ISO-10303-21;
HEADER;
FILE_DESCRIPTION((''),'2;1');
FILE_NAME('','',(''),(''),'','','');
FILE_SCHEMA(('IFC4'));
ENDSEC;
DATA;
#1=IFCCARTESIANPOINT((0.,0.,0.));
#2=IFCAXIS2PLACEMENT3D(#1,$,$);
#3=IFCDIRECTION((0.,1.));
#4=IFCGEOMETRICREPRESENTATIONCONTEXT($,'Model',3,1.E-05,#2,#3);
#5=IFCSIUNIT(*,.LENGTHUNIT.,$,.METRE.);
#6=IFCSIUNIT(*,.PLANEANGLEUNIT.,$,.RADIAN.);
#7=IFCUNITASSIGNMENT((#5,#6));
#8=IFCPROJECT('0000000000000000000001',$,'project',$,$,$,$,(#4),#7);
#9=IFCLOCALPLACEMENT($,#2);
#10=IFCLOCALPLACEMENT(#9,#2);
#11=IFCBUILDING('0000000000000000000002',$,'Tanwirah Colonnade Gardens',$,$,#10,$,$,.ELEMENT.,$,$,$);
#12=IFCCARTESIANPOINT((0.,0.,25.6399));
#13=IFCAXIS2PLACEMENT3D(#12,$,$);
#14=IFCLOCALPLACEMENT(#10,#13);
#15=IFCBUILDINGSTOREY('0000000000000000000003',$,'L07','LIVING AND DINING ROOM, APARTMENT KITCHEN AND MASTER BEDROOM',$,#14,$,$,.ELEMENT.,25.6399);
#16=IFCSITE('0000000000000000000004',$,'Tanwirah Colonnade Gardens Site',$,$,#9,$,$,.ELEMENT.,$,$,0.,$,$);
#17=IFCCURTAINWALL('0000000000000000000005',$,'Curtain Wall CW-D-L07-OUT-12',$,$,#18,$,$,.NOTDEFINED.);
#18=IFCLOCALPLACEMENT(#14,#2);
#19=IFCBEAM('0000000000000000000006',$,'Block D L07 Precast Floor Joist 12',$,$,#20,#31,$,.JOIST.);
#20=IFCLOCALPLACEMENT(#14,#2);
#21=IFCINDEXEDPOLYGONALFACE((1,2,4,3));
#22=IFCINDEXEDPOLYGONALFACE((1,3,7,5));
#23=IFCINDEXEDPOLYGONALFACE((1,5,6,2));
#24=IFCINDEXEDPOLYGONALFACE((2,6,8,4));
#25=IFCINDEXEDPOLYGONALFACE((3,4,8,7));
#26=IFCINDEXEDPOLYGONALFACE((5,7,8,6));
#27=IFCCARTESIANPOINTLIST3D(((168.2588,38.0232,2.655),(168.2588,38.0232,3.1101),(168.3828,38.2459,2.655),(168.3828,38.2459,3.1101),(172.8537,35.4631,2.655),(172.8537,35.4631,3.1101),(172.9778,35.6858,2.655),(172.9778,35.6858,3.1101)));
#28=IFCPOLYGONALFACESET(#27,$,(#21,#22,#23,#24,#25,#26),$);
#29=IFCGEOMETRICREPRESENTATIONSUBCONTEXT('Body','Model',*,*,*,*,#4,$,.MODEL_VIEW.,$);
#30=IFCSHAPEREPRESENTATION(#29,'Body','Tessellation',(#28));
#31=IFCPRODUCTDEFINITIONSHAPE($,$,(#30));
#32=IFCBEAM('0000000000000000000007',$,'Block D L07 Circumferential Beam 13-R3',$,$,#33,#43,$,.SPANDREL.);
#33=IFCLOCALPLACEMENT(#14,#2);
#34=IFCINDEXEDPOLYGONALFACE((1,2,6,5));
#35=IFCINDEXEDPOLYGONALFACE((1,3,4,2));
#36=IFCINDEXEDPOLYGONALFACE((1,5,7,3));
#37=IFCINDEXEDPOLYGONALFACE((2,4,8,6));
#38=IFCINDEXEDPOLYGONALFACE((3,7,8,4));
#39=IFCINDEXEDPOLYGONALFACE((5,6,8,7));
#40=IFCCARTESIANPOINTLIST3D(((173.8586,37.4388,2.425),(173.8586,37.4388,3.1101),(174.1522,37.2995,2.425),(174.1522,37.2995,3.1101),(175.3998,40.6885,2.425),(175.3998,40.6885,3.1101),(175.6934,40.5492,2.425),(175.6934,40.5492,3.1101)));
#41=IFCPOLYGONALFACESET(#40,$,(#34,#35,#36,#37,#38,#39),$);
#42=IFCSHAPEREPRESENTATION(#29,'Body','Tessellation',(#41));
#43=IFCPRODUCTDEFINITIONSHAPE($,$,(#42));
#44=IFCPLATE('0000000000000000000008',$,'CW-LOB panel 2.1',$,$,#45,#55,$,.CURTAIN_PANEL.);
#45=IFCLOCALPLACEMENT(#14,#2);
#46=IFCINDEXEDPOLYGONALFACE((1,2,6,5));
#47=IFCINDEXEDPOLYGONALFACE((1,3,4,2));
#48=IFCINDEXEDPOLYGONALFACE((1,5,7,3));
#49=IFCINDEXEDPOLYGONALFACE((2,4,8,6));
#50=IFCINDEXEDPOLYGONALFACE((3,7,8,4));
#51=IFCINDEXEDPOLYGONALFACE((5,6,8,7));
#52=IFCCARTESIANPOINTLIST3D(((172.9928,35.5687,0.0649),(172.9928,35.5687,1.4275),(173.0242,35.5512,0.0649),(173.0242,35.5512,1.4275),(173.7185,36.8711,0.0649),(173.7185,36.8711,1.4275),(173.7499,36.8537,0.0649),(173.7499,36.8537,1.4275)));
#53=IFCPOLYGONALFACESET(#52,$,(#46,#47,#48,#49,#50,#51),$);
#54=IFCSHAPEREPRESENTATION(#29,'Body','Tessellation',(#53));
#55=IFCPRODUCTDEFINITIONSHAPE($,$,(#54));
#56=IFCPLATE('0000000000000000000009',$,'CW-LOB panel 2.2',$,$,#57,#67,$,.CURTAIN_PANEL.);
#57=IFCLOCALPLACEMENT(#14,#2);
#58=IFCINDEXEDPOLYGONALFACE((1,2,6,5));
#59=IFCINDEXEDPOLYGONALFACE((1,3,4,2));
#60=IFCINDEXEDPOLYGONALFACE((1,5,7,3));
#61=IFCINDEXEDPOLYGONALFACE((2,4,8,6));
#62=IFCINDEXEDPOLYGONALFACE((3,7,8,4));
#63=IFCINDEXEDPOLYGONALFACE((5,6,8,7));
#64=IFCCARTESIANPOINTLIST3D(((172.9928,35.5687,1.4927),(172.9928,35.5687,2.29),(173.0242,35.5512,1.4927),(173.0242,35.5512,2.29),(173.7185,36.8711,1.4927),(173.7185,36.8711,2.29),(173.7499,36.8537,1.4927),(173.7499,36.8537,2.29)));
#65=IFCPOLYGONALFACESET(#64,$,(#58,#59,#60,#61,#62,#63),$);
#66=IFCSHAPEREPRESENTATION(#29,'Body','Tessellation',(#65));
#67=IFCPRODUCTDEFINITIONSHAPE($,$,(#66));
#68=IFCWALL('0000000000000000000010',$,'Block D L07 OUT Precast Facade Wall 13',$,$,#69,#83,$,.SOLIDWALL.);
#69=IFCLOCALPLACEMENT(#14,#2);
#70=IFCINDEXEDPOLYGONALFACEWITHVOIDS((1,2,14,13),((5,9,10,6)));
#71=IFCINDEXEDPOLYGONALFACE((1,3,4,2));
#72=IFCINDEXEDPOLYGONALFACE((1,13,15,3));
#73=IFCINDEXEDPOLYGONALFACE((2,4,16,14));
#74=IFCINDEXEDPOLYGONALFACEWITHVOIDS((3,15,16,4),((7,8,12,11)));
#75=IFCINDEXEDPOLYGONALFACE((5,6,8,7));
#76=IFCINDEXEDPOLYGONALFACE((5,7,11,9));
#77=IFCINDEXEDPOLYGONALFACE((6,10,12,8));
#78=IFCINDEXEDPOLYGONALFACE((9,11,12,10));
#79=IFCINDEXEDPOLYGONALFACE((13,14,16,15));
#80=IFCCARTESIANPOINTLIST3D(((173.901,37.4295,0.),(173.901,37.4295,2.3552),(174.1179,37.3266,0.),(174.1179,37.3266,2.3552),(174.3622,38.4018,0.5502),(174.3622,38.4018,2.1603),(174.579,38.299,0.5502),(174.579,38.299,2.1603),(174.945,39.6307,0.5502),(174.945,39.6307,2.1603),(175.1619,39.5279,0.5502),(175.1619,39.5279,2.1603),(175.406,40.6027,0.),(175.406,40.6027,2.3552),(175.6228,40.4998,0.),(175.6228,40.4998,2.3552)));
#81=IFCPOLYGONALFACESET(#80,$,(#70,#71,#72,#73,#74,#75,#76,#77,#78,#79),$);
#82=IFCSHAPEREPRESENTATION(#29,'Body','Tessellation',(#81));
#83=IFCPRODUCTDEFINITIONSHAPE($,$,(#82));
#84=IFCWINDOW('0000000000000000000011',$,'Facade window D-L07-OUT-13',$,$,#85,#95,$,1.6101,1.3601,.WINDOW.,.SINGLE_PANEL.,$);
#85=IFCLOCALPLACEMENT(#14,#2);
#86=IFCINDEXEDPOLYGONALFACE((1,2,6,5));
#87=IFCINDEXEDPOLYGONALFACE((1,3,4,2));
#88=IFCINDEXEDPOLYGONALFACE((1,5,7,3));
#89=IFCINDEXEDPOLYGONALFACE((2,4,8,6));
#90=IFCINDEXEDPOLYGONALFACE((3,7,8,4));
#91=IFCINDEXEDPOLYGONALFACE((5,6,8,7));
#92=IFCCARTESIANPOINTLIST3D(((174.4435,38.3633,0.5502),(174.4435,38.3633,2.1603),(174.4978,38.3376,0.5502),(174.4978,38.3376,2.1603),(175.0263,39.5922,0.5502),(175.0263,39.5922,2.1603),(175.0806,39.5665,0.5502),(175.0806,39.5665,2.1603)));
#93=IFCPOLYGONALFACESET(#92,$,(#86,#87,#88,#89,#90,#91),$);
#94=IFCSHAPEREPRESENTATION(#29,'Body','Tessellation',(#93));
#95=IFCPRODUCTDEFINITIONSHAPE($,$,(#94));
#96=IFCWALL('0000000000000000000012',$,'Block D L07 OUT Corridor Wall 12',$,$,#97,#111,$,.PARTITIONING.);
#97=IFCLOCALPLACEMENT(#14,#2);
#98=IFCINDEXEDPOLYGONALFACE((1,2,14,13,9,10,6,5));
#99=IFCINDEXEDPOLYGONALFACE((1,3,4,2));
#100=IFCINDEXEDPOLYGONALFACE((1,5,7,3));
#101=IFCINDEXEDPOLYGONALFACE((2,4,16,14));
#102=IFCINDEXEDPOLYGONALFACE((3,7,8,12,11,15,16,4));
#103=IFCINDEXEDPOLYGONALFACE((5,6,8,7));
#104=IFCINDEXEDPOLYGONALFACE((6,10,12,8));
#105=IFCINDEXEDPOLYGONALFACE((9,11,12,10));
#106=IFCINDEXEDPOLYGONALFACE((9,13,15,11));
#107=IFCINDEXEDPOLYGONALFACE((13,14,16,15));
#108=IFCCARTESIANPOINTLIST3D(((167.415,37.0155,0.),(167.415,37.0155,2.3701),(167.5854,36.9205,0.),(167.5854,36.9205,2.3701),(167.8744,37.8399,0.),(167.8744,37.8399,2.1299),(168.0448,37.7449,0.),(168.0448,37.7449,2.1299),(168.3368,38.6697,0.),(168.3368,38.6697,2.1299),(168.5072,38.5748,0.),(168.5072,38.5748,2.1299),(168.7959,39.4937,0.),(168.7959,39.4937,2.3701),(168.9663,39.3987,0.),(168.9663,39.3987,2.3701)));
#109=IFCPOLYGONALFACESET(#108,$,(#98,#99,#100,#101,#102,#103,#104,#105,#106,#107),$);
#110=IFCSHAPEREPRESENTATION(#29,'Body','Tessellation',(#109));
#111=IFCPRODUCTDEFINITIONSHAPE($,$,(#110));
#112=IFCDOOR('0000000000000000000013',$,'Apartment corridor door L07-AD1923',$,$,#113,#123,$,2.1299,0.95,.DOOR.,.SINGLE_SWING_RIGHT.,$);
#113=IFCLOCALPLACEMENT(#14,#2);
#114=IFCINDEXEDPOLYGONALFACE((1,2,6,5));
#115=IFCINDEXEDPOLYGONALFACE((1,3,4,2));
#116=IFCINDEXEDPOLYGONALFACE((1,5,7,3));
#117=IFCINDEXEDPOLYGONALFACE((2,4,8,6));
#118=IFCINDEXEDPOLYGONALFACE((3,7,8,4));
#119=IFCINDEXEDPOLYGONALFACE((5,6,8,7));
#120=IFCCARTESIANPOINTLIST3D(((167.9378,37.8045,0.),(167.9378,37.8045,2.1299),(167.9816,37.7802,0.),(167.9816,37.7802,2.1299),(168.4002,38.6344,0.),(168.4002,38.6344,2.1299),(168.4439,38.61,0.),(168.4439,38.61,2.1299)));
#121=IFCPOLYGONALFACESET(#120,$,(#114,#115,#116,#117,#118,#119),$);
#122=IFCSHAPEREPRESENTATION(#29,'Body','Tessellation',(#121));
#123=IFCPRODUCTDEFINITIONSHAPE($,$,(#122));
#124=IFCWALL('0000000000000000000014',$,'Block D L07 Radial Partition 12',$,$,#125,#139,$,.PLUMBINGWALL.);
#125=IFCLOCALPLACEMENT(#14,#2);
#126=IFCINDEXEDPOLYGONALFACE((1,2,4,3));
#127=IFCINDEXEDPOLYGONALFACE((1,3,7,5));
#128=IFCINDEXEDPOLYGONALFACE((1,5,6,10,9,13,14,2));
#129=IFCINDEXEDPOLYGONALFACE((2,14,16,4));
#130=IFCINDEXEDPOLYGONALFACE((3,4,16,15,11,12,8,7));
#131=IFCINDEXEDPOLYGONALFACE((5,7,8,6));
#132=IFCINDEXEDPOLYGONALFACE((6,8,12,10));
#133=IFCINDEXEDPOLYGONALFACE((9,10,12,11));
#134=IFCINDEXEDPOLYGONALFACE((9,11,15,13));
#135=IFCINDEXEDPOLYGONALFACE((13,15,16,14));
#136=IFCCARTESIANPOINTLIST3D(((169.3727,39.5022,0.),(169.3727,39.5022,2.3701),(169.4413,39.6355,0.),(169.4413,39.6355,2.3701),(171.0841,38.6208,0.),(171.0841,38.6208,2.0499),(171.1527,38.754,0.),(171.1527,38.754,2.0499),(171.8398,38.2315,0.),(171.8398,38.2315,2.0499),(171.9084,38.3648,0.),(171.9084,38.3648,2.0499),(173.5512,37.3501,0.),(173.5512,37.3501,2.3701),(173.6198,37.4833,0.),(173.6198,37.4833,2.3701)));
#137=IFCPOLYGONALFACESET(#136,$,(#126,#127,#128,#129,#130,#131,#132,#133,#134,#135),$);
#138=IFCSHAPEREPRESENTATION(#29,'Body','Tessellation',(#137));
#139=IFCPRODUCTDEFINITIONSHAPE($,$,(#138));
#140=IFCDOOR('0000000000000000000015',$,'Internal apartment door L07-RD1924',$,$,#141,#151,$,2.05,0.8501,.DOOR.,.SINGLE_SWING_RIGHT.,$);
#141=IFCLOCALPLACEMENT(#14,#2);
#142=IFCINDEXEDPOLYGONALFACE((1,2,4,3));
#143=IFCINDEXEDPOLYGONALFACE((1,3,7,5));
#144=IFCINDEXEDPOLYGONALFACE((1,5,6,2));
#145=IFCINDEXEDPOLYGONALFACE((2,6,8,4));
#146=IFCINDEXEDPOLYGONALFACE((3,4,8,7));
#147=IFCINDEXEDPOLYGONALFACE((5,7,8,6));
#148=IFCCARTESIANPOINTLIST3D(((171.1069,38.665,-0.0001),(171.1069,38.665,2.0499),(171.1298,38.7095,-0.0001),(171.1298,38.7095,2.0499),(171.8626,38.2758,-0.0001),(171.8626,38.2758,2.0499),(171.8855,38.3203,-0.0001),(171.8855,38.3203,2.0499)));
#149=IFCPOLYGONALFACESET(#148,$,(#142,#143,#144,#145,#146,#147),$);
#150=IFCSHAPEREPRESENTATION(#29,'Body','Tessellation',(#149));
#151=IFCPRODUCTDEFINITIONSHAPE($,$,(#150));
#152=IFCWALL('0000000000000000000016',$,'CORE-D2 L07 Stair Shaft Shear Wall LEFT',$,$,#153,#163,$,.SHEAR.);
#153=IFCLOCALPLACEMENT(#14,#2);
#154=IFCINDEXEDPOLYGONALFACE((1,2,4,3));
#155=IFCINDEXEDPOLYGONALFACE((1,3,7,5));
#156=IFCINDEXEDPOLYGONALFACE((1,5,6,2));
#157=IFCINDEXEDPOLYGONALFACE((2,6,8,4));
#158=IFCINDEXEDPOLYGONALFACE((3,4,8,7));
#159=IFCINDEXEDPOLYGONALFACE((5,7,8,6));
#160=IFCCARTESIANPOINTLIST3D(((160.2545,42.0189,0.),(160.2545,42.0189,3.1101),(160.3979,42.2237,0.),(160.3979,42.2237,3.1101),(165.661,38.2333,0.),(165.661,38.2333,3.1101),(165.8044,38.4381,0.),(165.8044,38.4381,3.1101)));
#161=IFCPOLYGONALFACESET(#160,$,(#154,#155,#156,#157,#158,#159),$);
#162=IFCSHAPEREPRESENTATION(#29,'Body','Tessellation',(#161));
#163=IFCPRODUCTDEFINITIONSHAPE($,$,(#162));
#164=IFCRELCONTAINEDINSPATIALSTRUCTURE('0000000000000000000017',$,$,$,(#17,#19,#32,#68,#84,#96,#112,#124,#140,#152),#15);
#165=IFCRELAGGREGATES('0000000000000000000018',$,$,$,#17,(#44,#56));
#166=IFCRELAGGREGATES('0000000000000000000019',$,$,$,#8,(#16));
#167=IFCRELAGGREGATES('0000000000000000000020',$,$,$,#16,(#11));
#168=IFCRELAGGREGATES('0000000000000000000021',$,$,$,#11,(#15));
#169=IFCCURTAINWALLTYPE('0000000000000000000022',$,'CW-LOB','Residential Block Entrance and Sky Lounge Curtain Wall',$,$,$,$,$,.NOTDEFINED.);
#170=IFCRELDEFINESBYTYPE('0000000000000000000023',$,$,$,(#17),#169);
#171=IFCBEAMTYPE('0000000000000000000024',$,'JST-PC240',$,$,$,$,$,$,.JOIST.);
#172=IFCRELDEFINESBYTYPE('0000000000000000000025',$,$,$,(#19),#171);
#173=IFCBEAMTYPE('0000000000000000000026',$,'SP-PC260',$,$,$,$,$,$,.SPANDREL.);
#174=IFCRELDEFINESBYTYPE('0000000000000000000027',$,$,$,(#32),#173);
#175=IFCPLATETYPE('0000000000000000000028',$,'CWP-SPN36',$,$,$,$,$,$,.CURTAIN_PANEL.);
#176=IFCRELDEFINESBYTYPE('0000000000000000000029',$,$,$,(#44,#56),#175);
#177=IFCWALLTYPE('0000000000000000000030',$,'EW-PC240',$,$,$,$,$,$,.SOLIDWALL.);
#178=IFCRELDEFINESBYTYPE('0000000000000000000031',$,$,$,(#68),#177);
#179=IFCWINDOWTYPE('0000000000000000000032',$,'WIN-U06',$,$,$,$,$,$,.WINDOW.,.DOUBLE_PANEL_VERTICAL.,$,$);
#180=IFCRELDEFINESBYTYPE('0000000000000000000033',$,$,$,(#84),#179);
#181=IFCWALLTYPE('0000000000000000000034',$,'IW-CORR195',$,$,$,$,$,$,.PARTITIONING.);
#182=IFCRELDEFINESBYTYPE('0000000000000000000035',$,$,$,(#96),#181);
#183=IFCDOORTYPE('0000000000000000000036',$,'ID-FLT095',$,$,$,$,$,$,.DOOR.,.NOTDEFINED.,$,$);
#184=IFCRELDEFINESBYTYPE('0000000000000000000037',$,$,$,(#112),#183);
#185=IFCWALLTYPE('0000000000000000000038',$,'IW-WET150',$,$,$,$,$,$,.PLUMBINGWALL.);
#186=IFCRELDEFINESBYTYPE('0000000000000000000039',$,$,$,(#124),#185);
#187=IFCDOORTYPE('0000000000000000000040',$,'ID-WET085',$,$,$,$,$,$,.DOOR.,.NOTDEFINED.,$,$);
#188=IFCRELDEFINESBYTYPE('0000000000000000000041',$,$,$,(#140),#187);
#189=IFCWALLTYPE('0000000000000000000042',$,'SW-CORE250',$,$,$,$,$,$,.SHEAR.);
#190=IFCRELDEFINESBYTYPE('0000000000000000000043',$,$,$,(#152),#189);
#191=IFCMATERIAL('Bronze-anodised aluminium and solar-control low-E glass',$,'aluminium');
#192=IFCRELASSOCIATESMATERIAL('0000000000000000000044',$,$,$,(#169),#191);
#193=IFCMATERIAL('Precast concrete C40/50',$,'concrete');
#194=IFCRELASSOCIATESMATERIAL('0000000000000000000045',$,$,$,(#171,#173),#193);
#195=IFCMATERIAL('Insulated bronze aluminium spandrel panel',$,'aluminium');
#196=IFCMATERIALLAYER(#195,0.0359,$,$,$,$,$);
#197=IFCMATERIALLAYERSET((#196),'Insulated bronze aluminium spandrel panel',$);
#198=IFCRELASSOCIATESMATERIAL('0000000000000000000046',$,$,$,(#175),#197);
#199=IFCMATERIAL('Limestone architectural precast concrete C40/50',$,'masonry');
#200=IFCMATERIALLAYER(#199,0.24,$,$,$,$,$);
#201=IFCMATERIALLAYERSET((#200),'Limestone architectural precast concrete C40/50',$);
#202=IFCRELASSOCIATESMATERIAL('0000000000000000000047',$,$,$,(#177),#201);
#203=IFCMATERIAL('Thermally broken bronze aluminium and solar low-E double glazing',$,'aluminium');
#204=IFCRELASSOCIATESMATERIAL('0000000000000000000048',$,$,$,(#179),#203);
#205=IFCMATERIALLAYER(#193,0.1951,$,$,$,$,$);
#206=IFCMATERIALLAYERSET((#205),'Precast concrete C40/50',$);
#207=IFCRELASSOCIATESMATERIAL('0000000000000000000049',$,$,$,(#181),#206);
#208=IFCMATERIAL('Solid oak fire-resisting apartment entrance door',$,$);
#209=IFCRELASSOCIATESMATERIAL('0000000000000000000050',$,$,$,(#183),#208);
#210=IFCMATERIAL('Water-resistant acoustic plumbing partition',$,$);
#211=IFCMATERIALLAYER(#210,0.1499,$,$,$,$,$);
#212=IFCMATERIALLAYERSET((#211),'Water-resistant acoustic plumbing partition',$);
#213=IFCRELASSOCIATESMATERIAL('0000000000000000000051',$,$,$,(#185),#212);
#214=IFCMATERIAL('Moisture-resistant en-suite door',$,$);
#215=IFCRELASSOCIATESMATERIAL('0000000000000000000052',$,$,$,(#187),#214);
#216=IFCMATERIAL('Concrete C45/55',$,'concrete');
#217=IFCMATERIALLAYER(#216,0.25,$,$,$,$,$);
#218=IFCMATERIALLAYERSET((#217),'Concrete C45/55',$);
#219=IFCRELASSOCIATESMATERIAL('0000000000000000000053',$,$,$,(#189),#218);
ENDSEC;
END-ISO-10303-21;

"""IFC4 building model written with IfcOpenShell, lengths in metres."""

from ifc_helpers import new_model, si_unit, direction, frame, frame_2d, origin, origin_2d, place, context, subcontext, project, spatial, rectangle, extrude, material, layer, layer_set, material_profile, profile_set, type_object, element, fill, aggregate, save


model = new_model("IFC4")

# Units and contexts
model_context = context("Model", 3, precision=1e-05, world=origin(), true_north=direction((0.0, 1.0)))
body_context = subcontext(model_context, "Body", "Model", "MODEL_VIEW")
ifc_project = project(units=[si_unit("LENGTHUNIT", "METRE"), si_unit("PLANEANGLEUNIT", "RADIAN")], contexts=[model_context])

# Site, building, storey
site_placement = place(None, origin())
site = spatial("IfcSite", under=ifc_project, at=site_placement, Name="Tanwirah Colonnade Gardens Site", CompositionType="ELEMENT", RefElevation=0.0)
building_placement = place(site_placement, origin())
building = spatial("IfcBuilding", under=site, at=building_placement, Name="Tanwirah Colonnade Gardens", CompositionType="ELEMENT")
storey_placement = place(building_placement, frame((0.0, 0.0, 25.6399)))
storey = spatial("IfcBuildingStorey", under=building, at=storey_placement, Name="L07", Description="LIVING AND DINING ROOM, APARTMENT KITCHEN AND MASTER BEDROOM", CompositionType="ELEMENT", Elevation=25.6399)

# Shared definitions
ifc_material_1 = material(Name="Precast concrete C40/50", Category="concrete")

# Curtain wall
ifc_material_2 = material(Name="Bronze-anodised aluminium and solar-control low-E glass", Category="aluminium")
curtain_wall_type = type_object("IfcCurtainWallType", Name="CW-LOB", Description="Residential Block Entrance and Sky Lounge Curtain Wall", PredefinedType="NOTDEFINED", material=ifc_material_2)
curtain_wall_placement = place(storey_placement, origin())
curtain_wall = element("IfcCurtainWall", 1, at=curtain_wall_placement, inside=storey, type_object=curtain_wall_type, Name="Curtain Wall CW-D-L07-OUT-12", PredefinedType="NOTDEFINED")

# Beams
ifc_material_profile_1 = material_profile(ifc_material_1, rectangle(XDim=0.2549, YDim=0.4551, at=origin_2d()), Name="PC-JST 255x455")
ifc_profile_set_1 = profile_set([ifc_material_profile_1], Name="Precast concrete C40/50")
beam_type_1 = type_object("IfcBeamType", Name="JST-PC240", PredefinedType="JOIST", material=ifc_profile_set_1)
for number, where, z_axis, x_axis, name in (
    (2, (168.3208, 38.1345, 2.8826), (0.873568, -0.486703, 0.0), (0.486703, 0.873568, 0.0), "Block D L07 Precast Floor Joist 12"),
):
    element("IfcBeam", number, at=place(storey_placement, frame(where, z_axis=z_axis, x_axis=x_axis)), inside=storey, type_object=beam_type_1, Name=name, PredefinedType="JOIST", context=body_context, shape_type="SweptSolid", body=[
        extrude(rectangle(XDim=0.2549, YDim=0.4551, at=origin_2d()), origin(), (0.0, 0.0, 1.0), 5.26),
    ])
ifc_material_profile_2 = material_profile(ifc_material_1, rectangle(XDim=0.325, YDim=0.6851, at=origin_2d()), Name="PC-SP 325x685")
ifc_profile_set_2 = profile_set([ifc_material_profile_2], Name="Precast concrete C40/50")
beam_type_2 = type_object("IfcBeamType", Name="SP-PC260", PredefinedType="SPANDREL", material=ifc_profile_set_2)
beam_1_placement = place(storey_placement, frame((174.0054, 37.3691, 2.7676), z_axis=(0.428518, 0.903533, 0.0), x_axis=(-0.903533, 0.428518, 0.0)))
element("IfcBeam", 3, at=beam_1_placement, inside=storey, type_object=beam_type_2, Name="Block D L07 Circumferential Beam 13-R3", PredefinedType="SPANDREL", context=body_context, shape_type="SweptSolid", body=[
    extrude(rectangle(XDim=0.325, YDim=0.6851, at=origin_2d()), origin(), (0.0, 0.0, 1.0), 3.5967),
])

# Plates
ifc_material_3 = material(Name="Insulated bronze aluminium spandrel panel", Category="aluminium")
ifc_layer_1 = layer(ifc_material_3, 0.0359)
ifc_layer_set_1 = layer_set([ifc_layer_1], Name="Insulated bronze aluminium spandrel panel")
plate_type = type_object("IfcPlateType", Name="CWP-SPN36", PredefinedType="CURTAIN_PANEL", material=ifc_layer_set_1)
plate_1_placement = place(storey_placement, frame((173.3713, 36.2112, 0.0649), z_axis=(0.0, 0.0, 1.0), x_axis=(0.486715, 0.873561, 0.0)))
plate_1 = element("IfcPlate", 4, at=plate_1_placement, type_object=plate_type, Name="CW-LOB panel 2.1", PredefinedType="CURTAIN_PANEL", context=body_context, shape_type="SweptSolid", body=[
    extrude(rectangle(XDim=1.491, YDim=0.0359, at=origin_2d()), origin(), (0.0, 0.0, 1.0), 1.3625),
])
plate_2_placement = place(storey_placement, frame((173.3713, 36.2112, 1.4927), z_axis=(0.0, 0.0, 1.0), x_axis=(0.486715, 0.873561, 0.0)))
plate_2 = element("IfcPlate", 5, at=plate_2_placement, type_object=plate_type, Name="CW-LOB panel 2.2", PredefinedType="CURTAIN_PANEL", context=body_context, shape_type="SweptSolid", body=[
    extrude(rectangle(XDim=1.491, YDim=0.0359, at=origin_2d()), origin(), (0.0, 0.0, 1.0), 0.7974),
])
aggregate(curtain_wall, [plate_1, plate_2])

# Wall, opening, window
ifc_material_4 = material(Name="Limestone architectural precast concrete C40/50", Category="masonry")
ifc_layer_2 = layer(ifc_material_4, 0.24)
ifc_layer_set_2 = layer_set([ifc_layer_2], Name="Limestone architectural precast concrete C40/50")
wall_type_1 = type_object("IfcWallType", Name="EW-PC240", PredefinedType="SOLIDWALL", material=ifc_layer_set_2)
wall_1_placement = place(storey_placement, frame((174.0095, 37.3782, 0.0), z_axis=(0.0, 0.0, 1.0), x_axis=(0.428514, 0.903535, 0.0)))
wall_1 = element("IfcWall", 6, at=wall_1_placement, inside=storey, type_object=wall_type_1, Name="Block D L07 OUT Precast Facade Wall 13", PredefinedType="SOLIDWALL", context=body_context, shape_type="SweptSolid", body=[
    extrude(rectangle(XDim=3.512, YDim=0.24, at=frame_2d((1.7559, 0.0))), origin(), (0.0, 0.0, 1.0), 2.3552),
])
opening_1_placement = place(wall_1_placement, frame((1.0759, 0.0, 0.55)))
opening_1 = element("IfcOpeningElement", 7, at=opening_1_placement, cuts=wall_1, PredefinedType="OPENING", context=body_context, shape_type="SweptSolid", body=[
    extrude(rectangle(XDim=1.3601, YDim=1.6101, at=frame_2d((0.6802, 0.8052))), frame((0.0, 0.1299, 0.0), z_axis=(0.0, -1.0, 0.0), x_axis=(1.0, 0.0, 0.0)), (0.0, 0.0, 1.0), 0.26),
])
ifc_material_5 = material(Name="Thermally broken bronze aluminium and solar low-E double glazing", Category="aluminium")
window_type = type_object("IfcWindowType", Name="WIN-U06", PartitioningType="DOUBLE_PANEL_VERTICAL", PredefinedType="WINDOW", material=ifc_material_5)
window_placement = place(opening_1_placement, origin())
window = element("IfcWindow", 8, at=window_placement, inside=storey, type_object=window_type, Name="Facade window D-L07-OUT-13", OverallHeight=1.6101, OverallWidth=1.3601, PartitioningType="SINGLE_PANEL", PredefinedType="WINDOW", context=body_context, shape_type="SweptSolid", body=[
    extrude(rectangle(XDim=1.3601, YDim=1.6101, at=frame_2d((0.6802, 0.8052))), frame((0.0, 0.03, 0.0), z_axis=(0.0, -1.0, 0.0), x_axis=(1.0, 0.0, 0.0)), (0.0, 0.0, 1.0), 0.0601),
])
fill(opening_1, window)

# Walls, openings, doors
ifc_layer_3 = layer(ifc_material_1, 0.1951)
ifc_layer_set_3 = layer_set([ifc_layer_3], Name="Precast concrete C40/50")
wall_type_2 = type_object("IfcWallType", Name="IW-CORR195", PredefinedType="PARTITIONING", material=ifc_layer_set_3)
wall_2_placement = place(storey_placement, frame((167.5002, 36.968, 0.0), z_axis=(0.0, 0.0, 1.0), x_axis=(0.486731, 0.873552, 0.0)))
wall_2 = element("IfcWall", 9, at=wall_2_placement, inside=storey, type_object=wall_type_2, Name="Block D L07 OUT Corridor Wall 12", PredefinedType="PARTITIONING", context=body_context, shape_type="SweptSolid", body=[
    extrude(rectangle(XDim=2.8369, YDim=0.1951, at=frame_2d((1.4185, 0.0))), origin(), (0.0, 0.0, 1.0), 2.3701),
])
opening_2_placement = place(wall_2_placement, frame((0.9436, 0.0, 0.0)))
opening_2 = element("IfcOpeningElement", 10, at=opening_2_placement, cuts=wall_2, PredefinedType="OPENING", context=body_context, shape_type="SweptSolid", body=[
    extrude(rectangle(XDim=0.95, YDim=2.1299, at=frame_2d((0.4751, 1.0649))), frame((0.0, 0.1074, 0.0), z_axis=(0.0, -1.0, 0.0), x_axis=(1.0, 0.0, 0.0)), (0.0, 0.0, 1.0), 0.2151),
])
ifc_material_6 = material(Name="Solid oak fire-resisting apartment entrance door")
door_type_1 = type_object("IfcDoorType", Name="ID-FLT095", OperationType="NOTDEFINED", PredefinedType="DOOR", material=ifc_material_6)
door_1_placement = place(opening_2_placement, origin())
door_1 = element("IfcDoor", 11, at=door_1_placement, inside=storey, type_object=door_type_1, Name="Apartment corridor door L07-AD1923", OperationType="SINGLE_SWING_RIGHT", OverallHeight=2.1299, OverallWidth=0.95, PredefinedType="DOOR", context=body_context, shape_type="SweptSolid", body=[
    extrude(rectangle(XDim=0.95, YDim=2.1299, at=frame_2d((0.4751, 1.0649))), frame((0.0, 0.0249, 0.0), z_axis=(0.0, -1.0, 0.0), x_axis=(1.0, 0.0, 0.0)), (0.0, 0.0, 1.0), 0.05),
])
fill(opening_2, door_1)
ifc_material_7 = material(Name="Water-resistant acoustic plumbing partition")
ifc_layer_4 = layer(ifc_material_7, 0.1499)
ifc_layer_set_4 = layer_set([ifc_layer_4], Name="Water-resistant acoustic plumbing partition")
wall_type_3 = type_object("IfcWallType", Name="IW-WET150", PredefinedType="PLUMBINGWALL", material=ifc_layer_set_4)
wall_3_placement = place(storey_placement, frame((169.407, 39.5688, 0.0), z_axis=(0.0, 0.0, 1.0), x_axis=(0.889013, -0.457882, 0.0)))
wall_3 = element("IfcWall", 12, at=wall_3_placement, inside=storey, type_object=wall_type_3, Name="Block D L07 Radial Partition 12", PredefinedType="PLUMBINGWALL", context=body_context, shape_type="SweptSolid", body=[
    extrude(rectangle(XDim=4.7002, YDim=0.1499, at=frame_2d((2.3501, 0.0))), origin(), (0.0, 0.0, 1.0), 2.3701),
])
opening_3_placement = place(wall_3_placement, frame((1.925, 0.0, 0.0)))
opening_3 = element("IfcOpeningElement", 13, at=opening_3_placement, cuts=wall_3, PredefinedType="OPENING", context=body_context, shape_type="SweptSolid", body=[
    extrude(rectangle(XDim=0.8501, YDim=2.05, at=frame_2d((0.425, 1.0249))), frame((0.0, 0.085, 0.0), z_axis=(0.0, -1.0, 0.0), x_axis=(1.0, 0.0, 0.0)), (0.0, 0.0, 1.0), 0.1699),
])
ifc_material_8 = material(Name="Moisture-resistant en-suite door")
door_type_2 = type_object("IfcDoorType", Name="ID-WET085", OperationType="NOTDEFINED", PredefinedType="DOOR", material=ifc_material_8)
door_2_placement = place(opening_3_placement, origin())
door_2 = element("IfcDoor", 14, at=door_2_placement, inside=storey, type_object=door_type_2, Name="Internal apartment door L07-RD1924", OperationType="SINGLE_SWING_RIGHT", OverallHeight=2.05, OverallWidth=0.8501, PredefinedType="DOOR", context=body_context, shape_type="SweptSolid", body=[
    extrude(rectangle(XDim=0.8501, YDim=2.05, at=frame_2d((0.425, 1.0249))), frame((0.0, 0.0249, 0.0), z_axis=(0.0, -1.0, 0.0), x_axis=(1.0, 0.0, 0.0)), (0.0, 0.0, 1.0), 0.05),
])
fill(opening_3, door_2)

# Wall
ifc_material_9 = material(Name="Concrete C45/55", Category="concrete")
ifc_layer_5 = layer(ifc_material_9, 0.25)
ifc_layer_set_5 = layer_set([ifc_layer_5], Name="Concrete C45/55")
wall_type_4 = type_object("IfcWallType", Name="SW-CORE250", PredefinedType="SHEAR", material=ifc_layer_set_5)
wall_4_placement = place(storey_placement, frame((165.7327, 38.3357, 0.0), z_axis=(0.0, 0.0, 1.0), x_axis=(-0.819154, 0.573574, 0.0)))
element("IfcWall", 15, at=wall_4_placement, inside=storey, type_object=wall_type_4, Name="CORE-D2 L07 Stair Shaft Shear Wall LEFT", PredefinedType="SHEAR", context=body_context, shape_type="SweptSolid", body=[
    extrude(rectangle(XDim=6.6001, YDim=0.25, at=frame_2d((3.3, 0.0))), origin(), (0.0, 0.0, 1.0), 3.1101),
])

save(model, "model.ifc")
